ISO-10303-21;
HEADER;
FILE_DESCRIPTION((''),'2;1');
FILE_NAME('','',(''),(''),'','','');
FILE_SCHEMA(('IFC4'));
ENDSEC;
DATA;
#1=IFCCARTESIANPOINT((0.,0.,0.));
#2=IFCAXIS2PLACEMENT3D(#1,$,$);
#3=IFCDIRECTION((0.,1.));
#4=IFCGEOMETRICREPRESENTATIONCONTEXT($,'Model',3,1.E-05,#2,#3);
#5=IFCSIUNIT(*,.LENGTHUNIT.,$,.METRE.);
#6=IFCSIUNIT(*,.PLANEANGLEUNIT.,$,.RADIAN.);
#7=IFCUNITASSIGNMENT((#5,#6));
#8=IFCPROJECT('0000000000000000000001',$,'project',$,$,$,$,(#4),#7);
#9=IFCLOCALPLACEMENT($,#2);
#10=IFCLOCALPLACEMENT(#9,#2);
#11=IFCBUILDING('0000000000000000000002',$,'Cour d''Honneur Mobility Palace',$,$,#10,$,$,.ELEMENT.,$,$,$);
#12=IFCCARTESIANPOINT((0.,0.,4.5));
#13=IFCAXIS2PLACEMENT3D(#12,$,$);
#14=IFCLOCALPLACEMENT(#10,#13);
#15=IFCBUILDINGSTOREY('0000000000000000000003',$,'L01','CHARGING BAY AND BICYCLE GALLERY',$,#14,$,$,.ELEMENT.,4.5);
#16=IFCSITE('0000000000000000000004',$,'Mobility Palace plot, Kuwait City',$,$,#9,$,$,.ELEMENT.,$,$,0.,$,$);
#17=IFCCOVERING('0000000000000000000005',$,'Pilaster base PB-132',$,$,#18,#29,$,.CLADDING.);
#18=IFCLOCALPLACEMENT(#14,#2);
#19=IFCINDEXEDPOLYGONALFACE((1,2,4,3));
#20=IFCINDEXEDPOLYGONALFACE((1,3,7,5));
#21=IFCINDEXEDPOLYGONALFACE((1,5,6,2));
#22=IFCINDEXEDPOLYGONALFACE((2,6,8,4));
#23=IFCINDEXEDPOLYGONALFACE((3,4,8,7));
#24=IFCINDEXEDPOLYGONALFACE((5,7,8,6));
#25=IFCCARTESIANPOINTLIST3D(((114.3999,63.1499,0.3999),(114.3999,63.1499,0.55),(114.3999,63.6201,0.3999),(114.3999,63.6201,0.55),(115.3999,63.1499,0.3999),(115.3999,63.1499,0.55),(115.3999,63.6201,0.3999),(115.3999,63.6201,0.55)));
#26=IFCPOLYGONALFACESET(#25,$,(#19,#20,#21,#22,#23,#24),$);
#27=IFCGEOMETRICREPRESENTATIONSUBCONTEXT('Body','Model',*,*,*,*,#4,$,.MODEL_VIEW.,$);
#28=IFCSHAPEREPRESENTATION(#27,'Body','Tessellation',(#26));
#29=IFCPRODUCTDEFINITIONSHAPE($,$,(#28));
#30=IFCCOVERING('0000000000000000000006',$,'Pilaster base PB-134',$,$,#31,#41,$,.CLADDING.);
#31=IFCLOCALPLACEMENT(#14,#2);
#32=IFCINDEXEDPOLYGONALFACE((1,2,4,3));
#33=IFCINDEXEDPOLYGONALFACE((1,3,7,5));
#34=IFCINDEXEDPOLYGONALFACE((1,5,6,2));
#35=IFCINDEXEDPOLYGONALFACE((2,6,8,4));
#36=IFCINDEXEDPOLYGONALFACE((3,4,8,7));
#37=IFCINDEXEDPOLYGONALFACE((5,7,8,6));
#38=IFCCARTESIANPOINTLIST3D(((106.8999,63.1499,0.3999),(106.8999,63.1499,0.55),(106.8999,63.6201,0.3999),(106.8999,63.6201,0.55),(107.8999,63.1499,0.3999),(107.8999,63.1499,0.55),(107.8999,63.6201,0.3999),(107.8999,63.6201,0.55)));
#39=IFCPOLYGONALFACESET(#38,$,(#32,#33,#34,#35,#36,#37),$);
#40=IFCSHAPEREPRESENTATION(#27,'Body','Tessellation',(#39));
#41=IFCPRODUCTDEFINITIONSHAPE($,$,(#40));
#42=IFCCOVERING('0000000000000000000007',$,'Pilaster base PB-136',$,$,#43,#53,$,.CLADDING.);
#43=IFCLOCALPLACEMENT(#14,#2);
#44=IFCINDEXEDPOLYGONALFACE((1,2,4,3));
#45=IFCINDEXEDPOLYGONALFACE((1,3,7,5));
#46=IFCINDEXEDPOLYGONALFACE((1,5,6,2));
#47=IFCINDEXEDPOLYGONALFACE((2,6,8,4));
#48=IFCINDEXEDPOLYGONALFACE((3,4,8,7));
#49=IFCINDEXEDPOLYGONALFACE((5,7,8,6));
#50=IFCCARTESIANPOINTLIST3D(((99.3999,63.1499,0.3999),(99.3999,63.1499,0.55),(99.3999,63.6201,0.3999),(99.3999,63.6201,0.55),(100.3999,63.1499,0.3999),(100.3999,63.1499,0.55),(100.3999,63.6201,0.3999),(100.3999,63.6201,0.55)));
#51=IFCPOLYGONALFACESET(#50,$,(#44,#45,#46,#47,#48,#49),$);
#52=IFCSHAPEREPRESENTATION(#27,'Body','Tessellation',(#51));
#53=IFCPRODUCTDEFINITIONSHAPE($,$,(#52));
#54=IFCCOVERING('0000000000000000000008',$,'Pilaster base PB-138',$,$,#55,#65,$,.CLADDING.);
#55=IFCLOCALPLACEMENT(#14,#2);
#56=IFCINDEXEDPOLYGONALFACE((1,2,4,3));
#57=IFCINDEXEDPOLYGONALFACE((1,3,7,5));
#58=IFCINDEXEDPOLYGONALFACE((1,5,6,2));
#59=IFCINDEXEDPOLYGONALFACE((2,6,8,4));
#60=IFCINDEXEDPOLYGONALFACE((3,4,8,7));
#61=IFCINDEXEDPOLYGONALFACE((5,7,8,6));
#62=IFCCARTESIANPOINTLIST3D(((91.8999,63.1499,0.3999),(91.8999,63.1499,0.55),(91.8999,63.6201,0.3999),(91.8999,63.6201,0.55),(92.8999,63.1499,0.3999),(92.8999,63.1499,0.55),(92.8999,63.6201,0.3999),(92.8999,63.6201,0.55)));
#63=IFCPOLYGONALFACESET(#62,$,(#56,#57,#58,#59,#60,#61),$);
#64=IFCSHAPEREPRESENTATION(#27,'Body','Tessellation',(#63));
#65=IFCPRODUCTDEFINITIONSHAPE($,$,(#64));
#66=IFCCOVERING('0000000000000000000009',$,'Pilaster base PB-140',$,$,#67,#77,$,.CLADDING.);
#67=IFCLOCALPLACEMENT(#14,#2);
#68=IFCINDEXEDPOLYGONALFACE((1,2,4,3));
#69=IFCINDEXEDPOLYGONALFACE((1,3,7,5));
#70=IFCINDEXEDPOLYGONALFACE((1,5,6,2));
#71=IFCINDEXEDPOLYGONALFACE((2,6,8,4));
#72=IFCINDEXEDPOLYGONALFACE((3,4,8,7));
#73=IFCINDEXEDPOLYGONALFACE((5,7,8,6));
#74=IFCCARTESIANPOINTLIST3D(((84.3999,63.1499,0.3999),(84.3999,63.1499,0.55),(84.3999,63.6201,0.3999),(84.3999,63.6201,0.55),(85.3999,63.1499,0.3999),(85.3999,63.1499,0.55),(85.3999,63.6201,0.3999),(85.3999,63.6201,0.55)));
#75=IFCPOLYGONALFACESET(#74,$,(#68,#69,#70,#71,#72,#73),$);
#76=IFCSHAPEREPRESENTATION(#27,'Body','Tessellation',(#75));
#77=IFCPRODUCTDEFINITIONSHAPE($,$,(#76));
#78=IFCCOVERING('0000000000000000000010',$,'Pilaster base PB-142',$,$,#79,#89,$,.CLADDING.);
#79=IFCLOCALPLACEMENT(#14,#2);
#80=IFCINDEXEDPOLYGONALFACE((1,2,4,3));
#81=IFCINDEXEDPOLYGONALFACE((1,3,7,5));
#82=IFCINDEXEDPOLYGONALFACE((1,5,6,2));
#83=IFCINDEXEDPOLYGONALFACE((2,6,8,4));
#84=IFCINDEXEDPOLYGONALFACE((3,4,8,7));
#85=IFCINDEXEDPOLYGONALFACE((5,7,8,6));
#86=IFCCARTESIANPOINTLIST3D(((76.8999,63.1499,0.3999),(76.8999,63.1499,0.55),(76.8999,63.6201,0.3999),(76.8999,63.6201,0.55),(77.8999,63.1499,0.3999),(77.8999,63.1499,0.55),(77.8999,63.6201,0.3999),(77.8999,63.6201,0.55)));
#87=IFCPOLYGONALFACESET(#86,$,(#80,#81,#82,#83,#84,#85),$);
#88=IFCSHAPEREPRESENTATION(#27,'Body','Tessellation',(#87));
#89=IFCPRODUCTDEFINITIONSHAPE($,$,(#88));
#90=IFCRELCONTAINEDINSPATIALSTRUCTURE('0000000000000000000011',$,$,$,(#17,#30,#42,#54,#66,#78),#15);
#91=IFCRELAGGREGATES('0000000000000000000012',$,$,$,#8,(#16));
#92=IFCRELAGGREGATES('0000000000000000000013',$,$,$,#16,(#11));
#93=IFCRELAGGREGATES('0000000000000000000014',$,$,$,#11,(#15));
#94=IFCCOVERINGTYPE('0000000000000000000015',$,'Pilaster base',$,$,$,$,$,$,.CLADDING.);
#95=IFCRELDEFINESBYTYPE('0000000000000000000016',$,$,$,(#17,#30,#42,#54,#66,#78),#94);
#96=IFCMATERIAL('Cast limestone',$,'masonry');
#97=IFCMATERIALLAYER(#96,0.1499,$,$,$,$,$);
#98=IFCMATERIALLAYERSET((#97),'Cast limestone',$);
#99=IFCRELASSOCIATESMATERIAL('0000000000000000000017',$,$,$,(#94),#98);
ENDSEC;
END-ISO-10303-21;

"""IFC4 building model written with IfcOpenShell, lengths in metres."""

from ifc_helpers import new_model, si_unit, direction, frame, origin, place, context, subcontext, project, spatial, polyline, outline, extrude, material, layer, layer_set, type_object, element, save


model = new_model("IFC4")

# Units and contexts
model_context = context("Model", 3, precision=1e-05, world=origin(), true_north=direction((0.0, 1.0)))
body_context = subcontext(model_context, "Body", "Model", "MODEL_VIEW")
ifc_project = project(units=[si_unit("LENGTHUNIT", "METRE"), si_unit("PLANEANGLEUNIT", "RADIAN")], contexts=[model_context])

# Site, building, storey
site_placement = place(None, origin())
site = spatial("IfcSite", under=ifc_project, at=site_placement, Name="Mobility Palace plot, Kuwait City", CompositionType="ELEMENT", RefElevation=0.0)
building_placement = place(site_placement, origin())
building = spatial("IfcBuilding", under=site, at=building_placement, Name="Cour d'Honneur Mobility Palace", CompositionType="ELEMENT")
storey_placement = place(building_placement, frame((0.0, 0.0, 4.5)))
storey = spatial("IfcBuildingStorey", under=building, at=storey_placement, Name="L01", Description="CHARGING BAY AND BICYCLE GALLERY", CompositionType="ELEMENT", Elevation=4.5)

# Coverings
ifc_material = material(Name="Cast limestone", Category="masonry")
ifc_layer = layer(ifc_material, 0.1499)
ifc_layer_set = layer_set([ifc_layer], Name="Cast limestone")
covering_type = type_object("IfcCoveringType", Name="Pilaster base", PredefinedType="CLADDING", material=ifc_layer_set)
covering_1_placement = place(storey_placement, frame((0.0, 0.0, 0.3999)))
element("IfcCovering", 1, at=covering_1_placement, inside=storey, type_object=covering_type, Name="Pilaster base PB-132", PredefinedType="CLADDING", context=body_context, shape_type="SweptSolid", body=[
    extrude(outline(polyline([(115.3999, 63.1499), (114.3999, 63.1499), (114.3999, 63.6201), (115.3999, 63.6201), (115.3999, 63.1499)])), origin(), (0.0, 0.0, 1.0), 0.1501),
])
covering_2_placement = place(storey_placement, frame((0.0, 0.0, 0.3999)))
element("IfcCovering", 2, at=covering_2_placement, inside=storey, type_object=covering_type, Name="Pilaster base PB-134", PredefinedType="CLADDING", context=body_context, shape_type="SweptSolid", body=[
    extrude(outline(polyline([(107.8999, 63.1499), (106.8999, 63.1499), (106.8999, 63.6201), (107.8999, 63.6201), (107.8999, 63.1499)])), origin(), (0.0, 0.0, 1.0), 0.1501),
])
covering_3_placement = place(storey_placement, frame((0.0, 0.0, 0.3999)))
element("IfcCovering", 3, at=covering_3_placement, inside=storey, type_object=covering_type, Name="Pilaster base PB-136", PredefinedType="CLADDING", context=body_context, shape_type="SweptSolid", body=[
    extrude(outline(polyline([(100.3999, 63.1499), (99.3999, 63.1499), (99.3999, 63.6201), (100.3999, 63.6201), (100.3999, 63.1499)])), origin(), (0.0, 0.0, 1.0), 0.1501),
])
covering_4_placement = place(storey_placement, frame((0.0, 0.0, 0.3999)))
element("IfcCovering", 4, at=covering_4_placement, inside=storey, type_object=covering_type, Name="Pilaster base PB-138", PredefinedType="CLADDING", context=body_context, shape_type="SweptSolid", body=[
    extrude(outline(polyline([(92.8999, 63.1499), (91.8999, 63.1499), (91.8999, 63.6201), (92.8999, 63.6201), (92.8999, 63.1499)])), origin(), (0.0, 0.0, 1.0), 0.1501),
])
covering_5_placement = place(storey_placement, frame((0.0, 0.0, 0.3999)))
element("IfcCovering", 5, at=covering_5_placement, inside=storey, type_object=covering_type, Name="Pilaster base PB-140", PredefinedType="CLADDING", context=body_context, shape_type="SweptSolid", body=[
    extrude(outline(polyline([(85.3999, 63.1499), (84.3999, 63.1499), (84.3999, 63.6201), (85.3999, 63.6201), (85.3999, 63.1499)])), origin(), (0.0, 0.0, 1.0), 0.1501),
])
covering_6_placement = place(storey_placement, frame((0.0, 0.0, 0.3999)))
element("IfcCovering", 6, at=covering_6_placement, inside=storey, type_object=covering_type, Name="Pilaster base PB-142", PredefinedType="CLADDING", context=body_context, shape_type="SweptSolid", body=[
    extrude(outline(polyline([(77.8999, 63.1499), (76.8999, 63.1499), (76.8999, 63.6201), (77.8999, 63.6201), (77.8999, 63.1499)])), origin(), (0.0, 0.0, 1.0), 0.1501),
])

save(model, "model.ifc")
